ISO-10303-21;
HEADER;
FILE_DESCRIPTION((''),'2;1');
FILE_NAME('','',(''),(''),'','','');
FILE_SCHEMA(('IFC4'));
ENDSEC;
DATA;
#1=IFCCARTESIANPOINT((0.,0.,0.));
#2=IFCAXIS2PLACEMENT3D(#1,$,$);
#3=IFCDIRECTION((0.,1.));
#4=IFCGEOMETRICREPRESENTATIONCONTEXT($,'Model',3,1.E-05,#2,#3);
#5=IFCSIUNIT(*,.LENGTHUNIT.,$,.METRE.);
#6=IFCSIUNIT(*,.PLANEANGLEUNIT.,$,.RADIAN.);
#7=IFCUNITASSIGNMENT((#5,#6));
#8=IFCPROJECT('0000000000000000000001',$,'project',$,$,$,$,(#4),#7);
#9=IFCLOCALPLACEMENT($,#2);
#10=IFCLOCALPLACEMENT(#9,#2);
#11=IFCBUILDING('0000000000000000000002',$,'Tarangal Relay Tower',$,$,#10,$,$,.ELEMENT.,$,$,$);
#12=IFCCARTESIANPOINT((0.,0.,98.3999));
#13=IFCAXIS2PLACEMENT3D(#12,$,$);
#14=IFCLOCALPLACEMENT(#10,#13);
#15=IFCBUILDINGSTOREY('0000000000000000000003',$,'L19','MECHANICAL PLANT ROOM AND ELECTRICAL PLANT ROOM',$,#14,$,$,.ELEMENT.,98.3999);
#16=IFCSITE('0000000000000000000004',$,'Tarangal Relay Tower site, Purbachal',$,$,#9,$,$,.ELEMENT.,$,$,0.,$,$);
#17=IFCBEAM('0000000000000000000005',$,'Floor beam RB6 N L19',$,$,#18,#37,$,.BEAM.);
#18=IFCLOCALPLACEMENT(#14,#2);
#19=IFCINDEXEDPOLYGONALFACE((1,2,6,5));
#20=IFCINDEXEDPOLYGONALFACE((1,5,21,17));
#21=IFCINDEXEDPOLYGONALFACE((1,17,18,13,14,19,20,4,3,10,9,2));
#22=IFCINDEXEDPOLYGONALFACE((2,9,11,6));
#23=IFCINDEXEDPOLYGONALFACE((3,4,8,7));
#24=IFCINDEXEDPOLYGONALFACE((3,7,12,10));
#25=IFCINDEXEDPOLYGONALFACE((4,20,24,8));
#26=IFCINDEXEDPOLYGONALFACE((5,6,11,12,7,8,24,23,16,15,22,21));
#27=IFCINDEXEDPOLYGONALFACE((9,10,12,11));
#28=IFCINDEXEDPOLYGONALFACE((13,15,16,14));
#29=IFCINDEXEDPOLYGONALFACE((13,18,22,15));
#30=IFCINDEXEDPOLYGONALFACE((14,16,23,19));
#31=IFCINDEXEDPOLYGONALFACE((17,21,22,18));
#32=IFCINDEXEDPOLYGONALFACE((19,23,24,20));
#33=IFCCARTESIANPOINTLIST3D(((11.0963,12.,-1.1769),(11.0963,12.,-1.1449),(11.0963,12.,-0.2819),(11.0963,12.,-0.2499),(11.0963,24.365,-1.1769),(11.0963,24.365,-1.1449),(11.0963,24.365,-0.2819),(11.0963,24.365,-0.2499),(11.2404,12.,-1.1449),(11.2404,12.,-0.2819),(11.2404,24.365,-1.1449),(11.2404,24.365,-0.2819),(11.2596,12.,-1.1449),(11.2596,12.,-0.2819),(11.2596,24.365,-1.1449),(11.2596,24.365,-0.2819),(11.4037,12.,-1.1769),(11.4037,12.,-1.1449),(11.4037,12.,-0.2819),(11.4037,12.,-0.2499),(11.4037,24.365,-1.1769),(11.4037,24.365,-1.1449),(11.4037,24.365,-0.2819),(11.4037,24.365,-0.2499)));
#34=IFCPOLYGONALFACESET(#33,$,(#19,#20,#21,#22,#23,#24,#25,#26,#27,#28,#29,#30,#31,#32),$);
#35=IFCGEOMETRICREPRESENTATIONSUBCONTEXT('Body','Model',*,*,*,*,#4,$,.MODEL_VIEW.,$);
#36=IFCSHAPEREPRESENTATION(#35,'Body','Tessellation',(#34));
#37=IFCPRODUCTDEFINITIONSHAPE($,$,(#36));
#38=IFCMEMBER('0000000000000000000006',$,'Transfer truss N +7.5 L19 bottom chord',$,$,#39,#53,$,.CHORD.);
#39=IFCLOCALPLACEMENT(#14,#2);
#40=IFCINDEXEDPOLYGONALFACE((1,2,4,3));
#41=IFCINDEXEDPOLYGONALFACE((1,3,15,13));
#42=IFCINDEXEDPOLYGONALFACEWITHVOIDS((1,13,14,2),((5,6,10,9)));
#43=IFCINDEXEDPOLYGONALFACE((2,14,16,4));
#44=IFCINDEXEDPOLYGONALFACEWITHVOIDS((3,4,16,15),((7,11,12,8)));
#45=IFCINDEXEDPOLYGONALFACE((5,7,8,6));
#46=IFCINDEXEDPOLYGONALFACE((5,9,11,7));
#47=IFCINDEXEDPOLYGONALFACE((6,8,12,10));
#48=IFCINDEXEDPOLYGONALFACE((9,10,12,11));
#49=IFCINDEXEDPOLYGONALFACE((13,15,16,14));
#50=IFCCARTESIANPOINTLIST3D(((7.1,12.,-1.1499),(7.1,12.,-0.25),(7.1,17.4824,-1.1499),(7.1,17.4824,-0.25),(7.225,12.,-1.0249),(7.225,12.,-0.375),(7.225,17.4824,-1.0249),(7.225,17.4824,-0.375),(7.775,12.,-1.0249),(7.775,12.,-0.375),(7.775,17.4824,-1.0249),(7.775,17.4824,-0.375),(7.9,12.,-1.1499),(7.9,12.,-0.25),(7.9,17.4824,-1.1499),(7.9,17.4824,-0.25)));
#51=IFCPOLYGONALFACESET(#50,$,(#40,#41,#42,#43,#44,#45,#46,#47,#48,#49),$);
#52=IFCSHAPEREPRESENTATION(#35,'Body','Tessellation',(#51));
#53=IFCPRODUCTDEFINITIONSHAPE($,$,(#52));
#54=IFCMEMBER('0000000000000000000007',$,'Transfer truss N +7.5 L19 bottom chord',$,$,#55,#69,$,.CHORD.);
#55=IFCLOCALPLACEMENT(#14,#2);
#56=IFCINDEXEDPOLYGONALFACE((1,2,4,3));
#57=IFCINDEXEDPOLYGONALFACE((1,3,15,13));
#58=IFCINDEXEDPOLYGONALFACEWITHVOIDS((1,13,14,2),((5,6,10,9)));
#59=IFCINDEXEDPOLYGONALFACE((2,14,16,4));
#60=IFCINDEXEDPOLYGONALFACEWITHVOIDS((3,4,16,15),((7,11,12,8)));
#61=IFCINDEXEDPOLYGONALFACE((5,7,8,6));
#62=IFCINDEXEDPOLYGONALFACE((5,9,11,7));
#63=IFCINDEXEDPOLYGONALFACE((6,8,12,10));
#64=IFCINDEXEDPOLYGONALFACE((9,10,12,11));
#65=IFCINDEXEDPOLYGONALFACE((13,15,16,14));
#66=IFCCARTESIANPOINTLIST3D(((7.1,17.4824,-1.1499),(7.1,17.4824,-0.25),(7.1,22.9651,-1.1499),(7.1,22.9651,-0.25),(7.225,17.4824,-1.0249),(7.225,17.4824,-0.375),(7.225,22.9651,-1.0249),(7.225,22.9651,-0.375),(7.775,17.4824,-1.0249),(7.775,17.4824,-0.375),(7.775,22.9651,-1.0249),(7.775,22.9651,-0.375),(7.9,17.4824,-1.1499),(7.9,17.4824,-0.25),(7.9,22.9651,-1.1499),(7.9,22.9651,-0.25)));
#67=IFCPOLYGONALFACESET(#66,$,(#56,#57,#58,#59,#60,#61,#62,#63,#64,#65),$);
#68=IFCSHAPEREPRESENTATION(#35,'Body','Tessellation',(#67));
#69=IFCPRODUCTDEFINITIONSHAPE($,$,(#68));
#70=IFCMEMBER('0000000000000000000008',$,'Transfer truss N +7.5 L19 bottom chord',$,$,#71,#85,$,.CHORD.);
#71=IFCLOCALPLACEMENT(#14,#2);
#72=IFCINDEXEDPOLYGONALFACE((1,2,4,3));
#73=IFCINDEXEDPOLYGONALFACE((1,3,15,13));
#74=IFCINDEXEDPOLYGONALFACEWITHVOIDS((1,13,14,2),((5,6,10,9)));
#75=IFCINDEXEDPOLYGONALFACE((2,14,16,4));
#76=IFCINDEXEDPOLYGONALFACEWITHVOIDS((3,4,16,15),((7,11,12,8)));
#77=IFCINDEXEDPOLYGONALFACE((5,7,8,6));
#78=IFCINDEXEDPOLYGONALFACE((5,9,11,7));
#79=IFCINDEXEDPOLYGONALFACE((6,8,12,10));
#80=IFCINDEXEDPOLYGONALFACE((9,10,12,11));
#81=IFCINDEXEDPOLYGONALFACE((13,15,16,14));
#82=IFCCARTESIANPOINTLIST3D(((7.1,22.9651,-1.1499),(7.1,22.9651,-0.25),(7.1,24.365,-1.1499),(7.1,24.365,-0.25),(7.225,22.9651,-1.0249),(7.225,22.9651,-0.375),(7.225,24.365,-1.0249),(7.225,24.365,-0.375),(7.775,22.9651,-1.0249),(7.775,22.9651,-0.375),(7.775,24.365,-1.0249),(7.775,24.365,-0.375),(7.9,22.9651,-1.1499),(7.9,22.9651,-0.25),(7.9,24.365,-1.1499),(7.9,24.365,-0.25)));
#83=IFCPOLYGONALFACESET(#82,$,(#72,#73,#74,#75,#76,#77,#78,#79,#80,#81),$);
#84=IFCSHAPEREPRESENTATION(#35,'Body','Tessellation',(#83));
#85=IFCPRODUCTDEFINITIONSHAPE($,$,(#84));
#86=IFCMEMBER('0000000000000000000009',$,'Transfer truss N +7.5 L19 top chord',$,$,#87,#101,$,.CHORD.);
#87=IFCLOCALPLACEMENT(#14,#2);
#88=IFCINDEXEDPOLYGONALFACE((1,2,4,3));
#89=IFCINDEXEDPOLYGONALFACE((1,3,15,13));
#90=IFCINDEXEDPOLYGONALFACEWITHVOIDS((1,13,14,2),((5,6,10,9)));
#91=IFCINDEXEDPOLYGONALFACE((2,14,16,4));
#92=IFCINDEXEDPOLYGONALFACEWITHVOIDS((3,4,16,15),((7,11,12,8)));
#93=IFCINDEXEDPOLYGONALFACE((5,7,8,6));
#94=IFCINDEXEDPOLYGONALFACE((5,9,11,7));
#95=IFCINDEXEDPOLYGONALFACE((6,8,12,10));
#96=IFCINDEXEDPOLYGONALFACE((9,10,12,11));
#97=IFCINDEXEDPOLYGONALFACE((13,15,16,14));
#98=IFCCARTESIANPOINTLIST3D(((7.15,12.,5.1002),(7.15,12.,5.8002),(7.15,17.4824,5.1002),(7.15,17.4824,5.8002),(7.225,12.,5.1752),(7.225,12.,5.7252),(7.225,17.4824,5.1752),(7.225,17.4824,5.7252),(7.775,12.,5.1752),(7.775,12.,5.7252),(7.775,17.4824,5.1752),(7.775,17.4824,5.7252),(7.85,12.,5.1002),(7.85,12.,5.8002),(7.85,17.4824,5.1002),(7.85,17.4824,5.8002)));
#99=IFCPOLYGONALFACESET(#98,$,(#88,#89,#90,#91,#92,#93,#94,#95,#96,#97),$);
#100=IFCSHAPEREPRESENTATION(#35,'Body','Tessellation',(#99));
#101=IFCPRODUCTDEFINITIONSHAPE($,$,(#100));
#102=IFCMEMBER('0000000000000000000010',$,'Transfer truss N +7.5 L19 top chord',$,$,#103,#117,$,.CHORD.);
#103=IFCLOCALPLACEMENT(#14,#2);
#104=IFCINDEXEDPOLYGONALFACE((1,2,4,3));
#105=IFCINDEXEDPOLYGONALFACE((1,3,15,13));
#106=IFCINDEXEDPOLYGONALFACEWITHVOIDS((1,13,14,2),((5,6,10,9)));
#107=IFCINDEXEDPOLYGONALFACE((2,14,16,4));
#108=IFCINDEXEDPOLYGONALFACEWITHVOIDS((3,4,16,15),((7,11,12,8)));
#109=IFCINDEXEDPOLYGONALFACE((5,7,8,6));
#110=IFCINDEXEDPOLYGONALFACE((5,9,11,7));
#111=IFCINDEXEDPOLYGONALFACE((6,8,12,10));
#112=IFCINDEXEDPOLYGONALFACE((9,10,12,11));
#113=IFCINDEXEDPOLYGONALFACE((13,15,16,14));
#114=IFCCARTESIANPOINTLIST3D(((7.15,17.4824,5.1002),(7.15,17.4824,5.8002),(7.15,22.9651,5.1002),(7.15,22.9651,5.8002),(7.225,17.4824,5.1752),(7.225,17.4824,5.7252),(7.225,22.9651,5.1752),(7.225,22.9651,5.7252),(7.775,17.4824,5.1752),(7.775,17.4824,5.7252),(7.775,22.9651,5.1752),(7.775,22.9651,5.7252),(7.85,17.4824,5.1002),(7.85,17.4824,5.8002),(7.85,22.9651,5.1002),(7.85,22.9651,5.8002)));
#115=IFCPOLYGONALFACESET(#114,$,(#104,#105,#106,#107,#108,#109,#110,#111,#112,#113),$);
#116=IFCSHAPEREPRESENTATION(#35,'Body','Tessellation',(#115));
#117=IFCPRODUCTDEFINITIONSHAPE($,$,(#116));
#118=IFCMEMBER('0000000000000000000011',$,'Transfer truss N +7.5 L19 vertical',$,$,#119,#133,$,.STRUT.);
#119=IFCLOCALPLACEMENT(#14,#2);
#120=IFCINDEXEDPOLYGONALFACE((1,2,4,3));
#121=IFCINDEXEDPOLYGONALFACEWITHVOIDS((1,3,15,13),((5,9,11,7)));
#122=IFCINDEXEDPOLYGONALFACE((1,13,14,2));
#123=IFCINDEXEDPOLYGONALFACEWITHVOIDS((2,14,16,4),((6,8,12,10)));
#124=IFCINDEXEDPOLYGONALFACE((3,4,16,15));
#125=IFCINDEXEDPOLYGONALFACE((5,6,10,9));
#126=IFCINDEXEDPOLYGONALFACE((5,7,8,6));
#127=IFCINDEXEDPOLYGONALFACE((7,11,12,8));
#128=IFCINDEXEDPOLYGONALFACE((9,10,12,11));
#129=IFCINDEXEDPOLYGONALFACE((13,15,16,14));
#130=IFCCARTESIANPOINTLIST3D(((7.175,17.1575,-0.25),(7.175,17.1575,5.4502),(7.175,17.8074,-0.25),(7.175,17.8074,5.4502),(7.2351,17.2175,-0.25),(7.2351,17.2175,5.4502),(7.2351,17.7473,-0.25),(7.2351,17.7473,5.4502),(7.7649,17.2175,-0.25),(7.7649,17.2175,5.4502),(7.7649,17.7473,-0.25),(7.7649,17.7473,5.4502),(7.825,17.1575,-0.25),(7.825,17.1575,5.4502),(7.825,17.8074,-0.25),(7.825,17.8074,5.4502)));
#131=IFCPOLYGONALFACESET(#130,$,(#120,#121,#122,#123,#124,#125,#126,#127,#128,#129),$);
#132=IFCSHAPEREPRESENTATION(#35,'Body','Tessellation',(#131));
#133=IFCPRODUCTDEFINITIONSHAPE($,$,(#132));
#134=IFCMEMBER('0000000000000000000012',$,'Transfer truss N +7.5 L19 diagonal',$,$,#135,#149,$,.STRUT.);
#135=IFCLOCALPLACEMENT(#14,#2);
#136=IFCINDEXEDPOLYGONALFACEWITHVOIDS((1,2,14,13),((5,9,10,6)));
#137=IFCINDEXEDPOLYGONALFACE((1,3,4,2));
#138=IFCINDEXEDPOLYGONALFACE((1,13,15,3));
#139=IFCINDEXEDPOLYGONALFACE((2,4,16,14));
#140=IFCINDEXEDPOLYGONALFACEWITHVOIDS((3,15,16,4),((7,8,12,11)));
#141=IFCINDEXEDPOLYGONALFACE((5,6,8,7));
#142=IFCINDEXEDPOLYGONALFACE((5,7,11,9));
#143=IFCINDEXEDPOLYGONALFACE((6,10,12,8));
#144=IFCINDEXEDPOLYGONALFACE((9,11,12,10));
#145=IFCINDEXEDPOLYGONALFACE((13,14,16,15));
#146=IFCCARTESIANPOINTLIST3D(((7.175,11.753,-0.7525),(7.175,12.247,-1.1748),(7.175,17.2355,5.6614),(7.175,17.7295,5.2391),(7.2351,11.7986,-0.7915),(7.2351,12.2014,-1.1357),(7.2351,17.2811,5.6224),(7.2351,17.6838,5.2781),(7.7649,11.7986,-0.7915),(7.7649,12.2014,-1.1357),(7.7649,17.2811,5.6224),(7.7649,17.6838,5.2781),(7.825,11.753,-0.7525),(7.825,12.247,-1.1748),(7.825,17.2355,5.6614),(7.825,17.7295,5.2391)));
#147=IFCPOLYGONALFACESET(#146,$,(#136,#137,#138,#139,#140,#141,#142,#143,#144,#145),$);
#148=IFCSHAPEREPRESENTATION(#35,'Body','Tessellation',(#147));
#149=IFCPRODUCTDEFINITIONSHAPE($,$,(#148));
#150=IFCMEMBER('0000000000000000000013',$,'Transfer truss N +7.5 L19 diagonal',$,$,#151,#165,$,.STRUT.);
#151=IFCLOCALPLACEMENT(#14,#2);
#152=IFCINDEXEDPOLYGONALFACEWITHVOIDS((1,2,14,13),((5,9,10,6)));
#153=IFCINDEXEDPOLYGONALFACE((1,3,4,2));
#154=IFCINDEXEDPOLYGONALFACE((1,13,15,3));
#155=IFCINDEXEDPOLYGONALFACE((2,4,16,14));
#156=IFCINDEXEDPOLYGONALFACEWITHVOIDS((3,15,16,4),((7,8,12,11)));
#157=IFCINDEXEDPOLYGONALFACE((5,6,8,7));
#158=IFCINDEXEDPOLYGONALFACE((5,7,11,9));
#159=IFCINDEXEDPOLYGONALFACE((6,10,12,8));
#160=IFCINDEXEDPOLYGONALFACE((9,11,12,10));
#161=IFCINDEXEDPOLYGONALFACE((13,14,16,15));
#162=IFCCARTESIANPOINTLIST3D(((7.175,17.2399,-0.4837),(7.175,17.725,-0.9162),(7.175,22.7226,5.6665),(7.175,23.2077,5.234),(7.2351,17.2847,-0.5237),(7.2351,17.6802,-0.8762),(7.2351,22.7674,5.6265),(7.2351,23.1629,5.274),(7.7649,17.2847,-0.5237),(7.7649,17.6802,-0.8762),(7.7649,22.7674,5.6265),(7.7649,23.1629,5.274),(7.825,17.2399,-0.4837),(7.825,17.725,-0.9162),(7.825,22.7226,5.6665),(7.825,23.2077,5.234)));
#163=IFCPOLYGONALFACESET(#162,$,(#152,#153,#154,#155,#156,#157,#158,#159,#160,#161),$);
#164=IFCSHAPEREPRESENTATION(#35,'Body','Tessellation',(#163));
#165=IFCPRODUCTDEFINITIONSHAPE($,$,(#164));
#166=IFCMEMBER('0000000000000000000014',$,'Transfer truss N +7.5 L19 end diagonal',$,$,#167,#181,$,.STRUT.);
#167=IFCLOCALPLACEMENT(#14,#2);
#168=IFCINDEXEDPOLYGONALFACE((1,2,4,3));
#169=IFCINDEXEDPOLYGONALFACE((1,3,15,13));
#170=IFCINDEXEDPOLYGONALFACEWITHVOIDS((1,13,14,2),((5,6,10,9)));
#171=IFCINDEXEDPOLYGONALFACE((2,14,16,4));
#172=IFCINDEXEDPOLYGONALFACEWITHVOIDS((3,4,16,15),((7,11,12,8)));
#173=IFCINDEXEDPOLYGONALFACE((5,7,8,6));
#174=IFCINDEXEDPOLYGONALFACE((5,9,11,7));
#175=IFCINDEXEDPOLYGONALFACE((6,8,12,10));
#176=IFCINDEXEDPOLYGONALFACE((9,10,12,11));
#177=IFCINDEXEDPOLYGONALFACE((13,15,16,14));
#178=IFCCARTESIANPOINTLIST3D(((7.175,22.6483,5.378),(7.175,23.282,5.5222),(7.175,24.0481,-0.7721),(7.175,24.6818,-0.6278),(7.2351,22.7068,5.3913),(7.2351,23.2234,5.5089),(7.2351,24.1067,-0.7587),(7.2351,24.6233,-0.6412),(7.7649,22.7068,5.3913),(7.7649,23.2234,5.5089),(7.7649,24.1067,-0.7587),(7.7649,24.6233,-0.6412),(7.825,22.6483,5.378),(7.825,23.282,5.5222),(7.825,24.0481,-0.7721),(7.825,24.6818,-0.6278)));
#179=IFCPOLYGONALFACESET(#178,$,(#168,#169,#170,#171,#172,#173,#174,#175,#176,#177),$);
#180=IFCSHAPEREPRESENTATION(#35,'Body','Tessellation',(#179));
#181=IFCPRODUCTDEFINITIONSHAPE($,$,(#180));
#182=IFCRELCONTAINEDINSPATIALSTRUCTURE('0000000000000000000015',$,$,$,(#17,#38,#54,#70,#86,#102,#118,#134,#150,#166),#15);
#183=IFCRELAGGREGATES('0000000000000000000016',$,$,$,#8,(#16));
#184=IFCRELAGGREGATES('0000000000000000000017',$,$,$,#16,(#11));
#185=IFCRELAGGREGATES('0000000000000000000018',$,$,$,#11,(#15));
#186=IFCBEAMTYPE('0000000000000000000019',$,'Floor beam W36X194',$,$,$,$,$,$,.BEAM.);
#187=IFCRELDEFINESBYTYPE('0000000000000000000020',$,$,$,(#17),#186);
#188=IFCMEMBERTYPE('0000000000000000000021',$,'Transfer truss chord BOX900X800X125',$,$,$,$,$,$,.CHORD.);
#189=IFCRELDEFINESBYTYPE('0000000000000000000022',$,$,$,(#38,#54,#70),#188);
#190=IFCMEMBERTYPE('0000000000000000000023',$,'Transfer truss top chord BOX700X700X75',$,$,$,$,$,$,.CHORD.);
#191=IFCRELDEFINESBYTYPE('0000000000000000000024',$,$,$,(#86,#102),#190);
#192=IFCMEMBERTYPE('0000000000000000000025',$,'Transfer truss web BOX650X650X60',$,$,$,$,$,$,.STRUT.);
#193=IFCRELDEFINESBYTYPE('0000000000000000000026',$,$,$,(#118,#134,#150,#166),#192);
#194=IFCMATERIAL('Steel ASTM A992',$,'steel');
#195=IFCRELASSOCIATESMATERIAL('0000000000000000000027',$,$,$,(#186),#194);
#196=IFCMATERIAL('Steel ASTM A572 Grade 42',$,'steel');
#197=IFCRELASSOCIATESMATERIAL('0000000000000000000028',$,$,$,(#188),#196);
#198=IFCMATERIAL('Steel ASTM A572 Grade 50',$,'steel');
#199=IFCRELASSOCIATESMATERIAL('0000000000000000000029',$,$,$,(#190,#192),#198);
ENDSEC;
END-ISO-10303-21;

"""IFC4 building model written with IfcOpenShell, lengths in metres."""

from ifc_helpers import new_model, si_unit, direction, frame, origin, origin_2d, place, context, subcontext, project, spatial, hollow_rectangle, i_section, extrude, material, material_profile, profile_set, type_object, element, save


model = new_model("IFC4")

# Units and contexts
model_context = context("Model", 3, precision=1e-05, world=origin(), true_north=direction((0.0, 1.0)))
body_context = subcontext(model_context, "Body", "Model", "MODEL_VIEW")
ifc_project = project(units=[si_unit("LENGTHUNIT", "METRE"), si_unit("PLANEANGLEUNIT", "RADIAN")], contexts=[model_context])

# Site, building, storey
site_placement = place(None, origin())
site = spatial("IfcSite", under=ifc_project, at=site_placement, Name="Tarangal Relay Tower site, Purbachal", CompositionType="ELEMENT", RefElevation=0.0)
building_placement = place(site_placement, origin())
building = spatial("IfcBuilding", under=site, at=building_placement, Name="Tarangal Relay Tower", CompositionType="ELEMENT")
storey_placement = place(building_placement, frame((0.0, 0.0, 98.3999)))
storey = spatial("IfcBuildingStorey", under=building, at=storey_placement, Name="L19", Description="MECHANICAL PLANT ROOM AND ELECTRICAL PLANT ROOM", CompositionType="ELEMENT", Elevation=98.3999)

# Shared definitions
ifc_material_1 = material(Name="Steel ASTM A572 Grade 50", Category="steel")

# Shared definitions
ifc_material_2 = material(Name="Steel ASTM A992", Category="steel")

# Beam
ifc_material_profile_1 = material_profile(ifc_material_2, i_section(OverallWidth=0.3074, OverallDepth=0.927, WebThickness=0.0193, FlangeThickness=0.032, at=origin_2d()), Name="W36X194")
ifc_profile_set_1 = profile_set([ifc_material_profile_1], Name="Steel ASTM A992")
beam_type_1 = type_object("IfcBeamType", Name="Floor beam W36X194", PredefinedType="BEAM", material=ifc_profile_set_1)
for number, where, z_axis, x_axis, name in (
    (1, (11.25, 12.0, -0.7134), (0.0, 1.0, 0.0), (-1.0, 0.0, 0.0), "Floor beam RB6 N L19"),
):
    element("IfcBeam", number, at=place(storey_placement, frame(where, z_axis=z_axis, x_axis=x_axis)), inside=storey, type_object=beam_type_1, Name=name, PredefinedType="BEAM", context=body_context, shape_type="SweptSolid", body=[
        extrude(i_section(OverallWidth=0.3074, OverallDepth=0.927, WebThickness=0.0193, FlangeThickness=0.032, at=origin_2d()), origin(), (0.0, 0.0, 1.0), 12.365),
    ])

# Members
ifc_material_3 = material(Name="Steel ASTM A572 Grade 42", Category="steel")
ifc_material_profile_2 = material_profile(ifc_material_3, hollow_rectangle(XDim=0.8, YDim=0.8999, WallThickness=0.125, at=origin_2d()), Name="BOX900X800X125")
ifc_profile_set_2 = profile_set([ifc_material_profile_2], Name="Steel ASTM A572 Grade 42")
member_type_1 = type_object("IfcMemberType", Name="Transfer truss chord BOX900X800X125", PredefinedType="CHORD", material=ifc_profile_set_2)
member_1_placement = place(storey_placement, frame((7.5, 12.0, -0.7), z_axis=(0.0, 1.0, 0.0), x_axis=(-1.0, 0.0, 0.0)))
element("IfcMember", 2, at=member_1_placement, inside=storey, type_object=member_type_1, Name="Transfer truss N +7.5 L19 bottom chord", PredefinedType="CHORD", context=body_context, shape_type="SweptSolid", body=[
    extrude(hollow_rectangle(XDim=0.8, YDim=0.8999, WallThickness=0.125, at=origin_2d()), origin(), (0.0, 0.0, 1.0), 5.4824),
])
member_2_placement = place(storey_placement, frame((7.5, 17.4824, -0.7), z_axis=(0.0, 1.0, 0.0), x_axis=(-1.0, 0.0, 0.0)))
element("IfcMember", 3, at=member_2_placement, inside=storey, type_object=member_type_1, Name="Transfer truss N +7.5 L19 bottom chord", PredefinedType="CHORD", context=body_context, shape_type="SweptSolid", body=[
    extrude(hollow_rectangle(XDim=0.8, YDim=0.8999, WallThickness=0.125, at=origin_2d()), origin(), (0.0, 0.0, 1.0), 5.4827),
])
member_3_placement = place(storey_placement, frame((7.5, 22.9651, -0.7), z_axis=(0.0, 1.0, 0.0), x_axis=(-1.0, 0.0, 0.0)))
element("IfcMember", 4, at=member_3_placement, inside=storey, type_object=member_type_1, Name="Transfer truss N +7.5 L19 bottom chord", PredefinedType="CHORD", context=body_context, shape_type="SweptSolid", body=[
    extrude(hollow_rectangle(XDim=0.8, YDim=0.8999, WallThickness=0.125, at=origin_2d()), origin(), (0.0, 0.0, 1.0), 1.3999),
])
ifc_material_profile_3 = material_profile(ifc_material_1, hollow_rectangle(XDim=0.7, YDim=0.7, WallThickness=0.075, at=origin_2d()), Name="BOX700X700X75")
ifc_profile_set_3 = profile_set([ifc_material_profile_3], Name="Steel ASTM A572 Grade 50")
member_type_2 = type_object("IfcMemberType", Name="Transfer truss top chord BOX700X700X75", PredefinedType="CHORD", material=ifc_profile_set_3)
member_4_placement = place(storey_placement, frame((7.5, 12.0, 5.4502), z_axis=(0.0, 1.0, 0.0), x_axis=(-1.0, 0.0, 0.0)))
element("IfcMember", 5, at=member_4_placement, inside=storey, type_object=member_type_2, Name="Transfer truss N +7.5 L19 top chord", PredefinedType="CHORD", context=body_context, shape_type="SweptSolid", body=[
    extrude(hollow_rectangle(XDim=0.7, YDim=0.7, WallThickness=0.075, at=origin_2d()), origin(), (0.0, 0.0, 1.0), 5.4824),
])
member_5_placement = place(storey_placement, frame((7.5, 17.4824, 5.4502), z_axis=(0.0, 1.0, 0.0), x_axis=(-1.0, 0.0, 0.0)))
element("IfcMember", 6, at=member_5_placement, inside=storey, type_object=member_type_2, Name="Transfer truss N +7.5 L19 top chord", PredefinedType="CHORD", context=body_context, shape_type="SweptSolid", body=[
    extrude(hollow_rectangle(XDim=0.7, YDim=0.7, WallThickness=0.075, at=origin_2d()), origin(), (0.0, 0.0, 1.0), 5.4827),
])
ifc_material_profile_4 = material_profile(ifc_material_1, hollow_rectangle(XDim=0.6499, YDim=0.6499, WallThickness=0.0601, at=origin_2d()), Name="BOX650X650X60")
ifc_profile_set_4 = profile_set([ifc_material_profile_4], Name="Steel ASTM A572 Grade 50")
member_type_3 = type_object("IfcMemberType", Name="Transfer truss web BOX650X650X60", PredefinedType="STRUT", material=ifc_profile_set_4)
member_6_placement = place(storey_placement, frame((7.5, 17.4824, -0.25), z_axis=(0.0, 0.0, 1.0), x_axis=(1.0, 0.0, 0.0)))
element("IfcMember", 7, at=member_6_placement, inside=storey, type_object=member_type_3, Name="Transfer truss N +7.5 L19 vertical", PredefinedType="STRUT", context=body_context, shape_type="SweptSolid", body=[
    extrude(hollow_rectangle(XDim=0.6499, YDim=0.6499, WallThickness=0.0601, at=origin_2d()), origin(), (0.0, 0.0, 1.0), 5.7002),
])
member_7_placement = place(storey_placement, frame((7.5, 12.0, -0.9636), z_axis=(0.0, 0.649757, 0.760142), x_axis=(-1.0, 0.0, 0.0)))
element("IfcMember", 8, at=member_7_placement, inside=storey, type_object=member_type_3, Name="Transfer truss N +7.5 L19 diagonal", PredefinedType="STRUT", context=body_context, shape_type="SweptSolid", body=[
    extrude(hollow_rectangle(XDim=0.6499, YDim=0.6499, WallThickness=0.0601, at=origin_2d()), origin(), (0.0, 0.0, 1.0), 8.4377),
])
member_8_placement = place(storey_placement, frame((7.5, 17.4824, -0.7), z_axis=(0.0, 0.665439, 0.746452), x_axis=(-1.0, 0.0, 0.0)))
element("IfcMember", 9, at=member_8_placement, inside=storey, type_object=member_type_3, Name="Transfer truss N +7.5 L19 diagonal", PredefinedType="STRUT", context=body_context, shape_type="SweptSolid", body=[
    extrude(hollow_rectangle(XDim=0.6499, YDim=0.6499, WallThickness=0.0601, at=origin_2d()), origin(), (0.0, 0.0, 1.0), 8.2393),
])
member_9_placement = place(storey_placement, frame((7.5, 24.365, -0.7), z_axis=(0.0, -0.221944, 0.975059), x_axis=(1.0, 0.0, 0.0)))
element("IfcMember", 10, at=member_9_placement, inside=storey, type_object=member_type_3, Name="Transfer truss N +7.5 L19 end diagonal", PredefinedType="STRUT", context=body_context, shape_type="SweptSolid", body=[
    extrude(hollow_rectangle(XDim=0.6499, YDim=0.6499, WallThickness=0.0601, at=origin_2d()), origin(), (0.0, 0.0, 1.0), 6.3074),
])

save(model, "model.ifc")
